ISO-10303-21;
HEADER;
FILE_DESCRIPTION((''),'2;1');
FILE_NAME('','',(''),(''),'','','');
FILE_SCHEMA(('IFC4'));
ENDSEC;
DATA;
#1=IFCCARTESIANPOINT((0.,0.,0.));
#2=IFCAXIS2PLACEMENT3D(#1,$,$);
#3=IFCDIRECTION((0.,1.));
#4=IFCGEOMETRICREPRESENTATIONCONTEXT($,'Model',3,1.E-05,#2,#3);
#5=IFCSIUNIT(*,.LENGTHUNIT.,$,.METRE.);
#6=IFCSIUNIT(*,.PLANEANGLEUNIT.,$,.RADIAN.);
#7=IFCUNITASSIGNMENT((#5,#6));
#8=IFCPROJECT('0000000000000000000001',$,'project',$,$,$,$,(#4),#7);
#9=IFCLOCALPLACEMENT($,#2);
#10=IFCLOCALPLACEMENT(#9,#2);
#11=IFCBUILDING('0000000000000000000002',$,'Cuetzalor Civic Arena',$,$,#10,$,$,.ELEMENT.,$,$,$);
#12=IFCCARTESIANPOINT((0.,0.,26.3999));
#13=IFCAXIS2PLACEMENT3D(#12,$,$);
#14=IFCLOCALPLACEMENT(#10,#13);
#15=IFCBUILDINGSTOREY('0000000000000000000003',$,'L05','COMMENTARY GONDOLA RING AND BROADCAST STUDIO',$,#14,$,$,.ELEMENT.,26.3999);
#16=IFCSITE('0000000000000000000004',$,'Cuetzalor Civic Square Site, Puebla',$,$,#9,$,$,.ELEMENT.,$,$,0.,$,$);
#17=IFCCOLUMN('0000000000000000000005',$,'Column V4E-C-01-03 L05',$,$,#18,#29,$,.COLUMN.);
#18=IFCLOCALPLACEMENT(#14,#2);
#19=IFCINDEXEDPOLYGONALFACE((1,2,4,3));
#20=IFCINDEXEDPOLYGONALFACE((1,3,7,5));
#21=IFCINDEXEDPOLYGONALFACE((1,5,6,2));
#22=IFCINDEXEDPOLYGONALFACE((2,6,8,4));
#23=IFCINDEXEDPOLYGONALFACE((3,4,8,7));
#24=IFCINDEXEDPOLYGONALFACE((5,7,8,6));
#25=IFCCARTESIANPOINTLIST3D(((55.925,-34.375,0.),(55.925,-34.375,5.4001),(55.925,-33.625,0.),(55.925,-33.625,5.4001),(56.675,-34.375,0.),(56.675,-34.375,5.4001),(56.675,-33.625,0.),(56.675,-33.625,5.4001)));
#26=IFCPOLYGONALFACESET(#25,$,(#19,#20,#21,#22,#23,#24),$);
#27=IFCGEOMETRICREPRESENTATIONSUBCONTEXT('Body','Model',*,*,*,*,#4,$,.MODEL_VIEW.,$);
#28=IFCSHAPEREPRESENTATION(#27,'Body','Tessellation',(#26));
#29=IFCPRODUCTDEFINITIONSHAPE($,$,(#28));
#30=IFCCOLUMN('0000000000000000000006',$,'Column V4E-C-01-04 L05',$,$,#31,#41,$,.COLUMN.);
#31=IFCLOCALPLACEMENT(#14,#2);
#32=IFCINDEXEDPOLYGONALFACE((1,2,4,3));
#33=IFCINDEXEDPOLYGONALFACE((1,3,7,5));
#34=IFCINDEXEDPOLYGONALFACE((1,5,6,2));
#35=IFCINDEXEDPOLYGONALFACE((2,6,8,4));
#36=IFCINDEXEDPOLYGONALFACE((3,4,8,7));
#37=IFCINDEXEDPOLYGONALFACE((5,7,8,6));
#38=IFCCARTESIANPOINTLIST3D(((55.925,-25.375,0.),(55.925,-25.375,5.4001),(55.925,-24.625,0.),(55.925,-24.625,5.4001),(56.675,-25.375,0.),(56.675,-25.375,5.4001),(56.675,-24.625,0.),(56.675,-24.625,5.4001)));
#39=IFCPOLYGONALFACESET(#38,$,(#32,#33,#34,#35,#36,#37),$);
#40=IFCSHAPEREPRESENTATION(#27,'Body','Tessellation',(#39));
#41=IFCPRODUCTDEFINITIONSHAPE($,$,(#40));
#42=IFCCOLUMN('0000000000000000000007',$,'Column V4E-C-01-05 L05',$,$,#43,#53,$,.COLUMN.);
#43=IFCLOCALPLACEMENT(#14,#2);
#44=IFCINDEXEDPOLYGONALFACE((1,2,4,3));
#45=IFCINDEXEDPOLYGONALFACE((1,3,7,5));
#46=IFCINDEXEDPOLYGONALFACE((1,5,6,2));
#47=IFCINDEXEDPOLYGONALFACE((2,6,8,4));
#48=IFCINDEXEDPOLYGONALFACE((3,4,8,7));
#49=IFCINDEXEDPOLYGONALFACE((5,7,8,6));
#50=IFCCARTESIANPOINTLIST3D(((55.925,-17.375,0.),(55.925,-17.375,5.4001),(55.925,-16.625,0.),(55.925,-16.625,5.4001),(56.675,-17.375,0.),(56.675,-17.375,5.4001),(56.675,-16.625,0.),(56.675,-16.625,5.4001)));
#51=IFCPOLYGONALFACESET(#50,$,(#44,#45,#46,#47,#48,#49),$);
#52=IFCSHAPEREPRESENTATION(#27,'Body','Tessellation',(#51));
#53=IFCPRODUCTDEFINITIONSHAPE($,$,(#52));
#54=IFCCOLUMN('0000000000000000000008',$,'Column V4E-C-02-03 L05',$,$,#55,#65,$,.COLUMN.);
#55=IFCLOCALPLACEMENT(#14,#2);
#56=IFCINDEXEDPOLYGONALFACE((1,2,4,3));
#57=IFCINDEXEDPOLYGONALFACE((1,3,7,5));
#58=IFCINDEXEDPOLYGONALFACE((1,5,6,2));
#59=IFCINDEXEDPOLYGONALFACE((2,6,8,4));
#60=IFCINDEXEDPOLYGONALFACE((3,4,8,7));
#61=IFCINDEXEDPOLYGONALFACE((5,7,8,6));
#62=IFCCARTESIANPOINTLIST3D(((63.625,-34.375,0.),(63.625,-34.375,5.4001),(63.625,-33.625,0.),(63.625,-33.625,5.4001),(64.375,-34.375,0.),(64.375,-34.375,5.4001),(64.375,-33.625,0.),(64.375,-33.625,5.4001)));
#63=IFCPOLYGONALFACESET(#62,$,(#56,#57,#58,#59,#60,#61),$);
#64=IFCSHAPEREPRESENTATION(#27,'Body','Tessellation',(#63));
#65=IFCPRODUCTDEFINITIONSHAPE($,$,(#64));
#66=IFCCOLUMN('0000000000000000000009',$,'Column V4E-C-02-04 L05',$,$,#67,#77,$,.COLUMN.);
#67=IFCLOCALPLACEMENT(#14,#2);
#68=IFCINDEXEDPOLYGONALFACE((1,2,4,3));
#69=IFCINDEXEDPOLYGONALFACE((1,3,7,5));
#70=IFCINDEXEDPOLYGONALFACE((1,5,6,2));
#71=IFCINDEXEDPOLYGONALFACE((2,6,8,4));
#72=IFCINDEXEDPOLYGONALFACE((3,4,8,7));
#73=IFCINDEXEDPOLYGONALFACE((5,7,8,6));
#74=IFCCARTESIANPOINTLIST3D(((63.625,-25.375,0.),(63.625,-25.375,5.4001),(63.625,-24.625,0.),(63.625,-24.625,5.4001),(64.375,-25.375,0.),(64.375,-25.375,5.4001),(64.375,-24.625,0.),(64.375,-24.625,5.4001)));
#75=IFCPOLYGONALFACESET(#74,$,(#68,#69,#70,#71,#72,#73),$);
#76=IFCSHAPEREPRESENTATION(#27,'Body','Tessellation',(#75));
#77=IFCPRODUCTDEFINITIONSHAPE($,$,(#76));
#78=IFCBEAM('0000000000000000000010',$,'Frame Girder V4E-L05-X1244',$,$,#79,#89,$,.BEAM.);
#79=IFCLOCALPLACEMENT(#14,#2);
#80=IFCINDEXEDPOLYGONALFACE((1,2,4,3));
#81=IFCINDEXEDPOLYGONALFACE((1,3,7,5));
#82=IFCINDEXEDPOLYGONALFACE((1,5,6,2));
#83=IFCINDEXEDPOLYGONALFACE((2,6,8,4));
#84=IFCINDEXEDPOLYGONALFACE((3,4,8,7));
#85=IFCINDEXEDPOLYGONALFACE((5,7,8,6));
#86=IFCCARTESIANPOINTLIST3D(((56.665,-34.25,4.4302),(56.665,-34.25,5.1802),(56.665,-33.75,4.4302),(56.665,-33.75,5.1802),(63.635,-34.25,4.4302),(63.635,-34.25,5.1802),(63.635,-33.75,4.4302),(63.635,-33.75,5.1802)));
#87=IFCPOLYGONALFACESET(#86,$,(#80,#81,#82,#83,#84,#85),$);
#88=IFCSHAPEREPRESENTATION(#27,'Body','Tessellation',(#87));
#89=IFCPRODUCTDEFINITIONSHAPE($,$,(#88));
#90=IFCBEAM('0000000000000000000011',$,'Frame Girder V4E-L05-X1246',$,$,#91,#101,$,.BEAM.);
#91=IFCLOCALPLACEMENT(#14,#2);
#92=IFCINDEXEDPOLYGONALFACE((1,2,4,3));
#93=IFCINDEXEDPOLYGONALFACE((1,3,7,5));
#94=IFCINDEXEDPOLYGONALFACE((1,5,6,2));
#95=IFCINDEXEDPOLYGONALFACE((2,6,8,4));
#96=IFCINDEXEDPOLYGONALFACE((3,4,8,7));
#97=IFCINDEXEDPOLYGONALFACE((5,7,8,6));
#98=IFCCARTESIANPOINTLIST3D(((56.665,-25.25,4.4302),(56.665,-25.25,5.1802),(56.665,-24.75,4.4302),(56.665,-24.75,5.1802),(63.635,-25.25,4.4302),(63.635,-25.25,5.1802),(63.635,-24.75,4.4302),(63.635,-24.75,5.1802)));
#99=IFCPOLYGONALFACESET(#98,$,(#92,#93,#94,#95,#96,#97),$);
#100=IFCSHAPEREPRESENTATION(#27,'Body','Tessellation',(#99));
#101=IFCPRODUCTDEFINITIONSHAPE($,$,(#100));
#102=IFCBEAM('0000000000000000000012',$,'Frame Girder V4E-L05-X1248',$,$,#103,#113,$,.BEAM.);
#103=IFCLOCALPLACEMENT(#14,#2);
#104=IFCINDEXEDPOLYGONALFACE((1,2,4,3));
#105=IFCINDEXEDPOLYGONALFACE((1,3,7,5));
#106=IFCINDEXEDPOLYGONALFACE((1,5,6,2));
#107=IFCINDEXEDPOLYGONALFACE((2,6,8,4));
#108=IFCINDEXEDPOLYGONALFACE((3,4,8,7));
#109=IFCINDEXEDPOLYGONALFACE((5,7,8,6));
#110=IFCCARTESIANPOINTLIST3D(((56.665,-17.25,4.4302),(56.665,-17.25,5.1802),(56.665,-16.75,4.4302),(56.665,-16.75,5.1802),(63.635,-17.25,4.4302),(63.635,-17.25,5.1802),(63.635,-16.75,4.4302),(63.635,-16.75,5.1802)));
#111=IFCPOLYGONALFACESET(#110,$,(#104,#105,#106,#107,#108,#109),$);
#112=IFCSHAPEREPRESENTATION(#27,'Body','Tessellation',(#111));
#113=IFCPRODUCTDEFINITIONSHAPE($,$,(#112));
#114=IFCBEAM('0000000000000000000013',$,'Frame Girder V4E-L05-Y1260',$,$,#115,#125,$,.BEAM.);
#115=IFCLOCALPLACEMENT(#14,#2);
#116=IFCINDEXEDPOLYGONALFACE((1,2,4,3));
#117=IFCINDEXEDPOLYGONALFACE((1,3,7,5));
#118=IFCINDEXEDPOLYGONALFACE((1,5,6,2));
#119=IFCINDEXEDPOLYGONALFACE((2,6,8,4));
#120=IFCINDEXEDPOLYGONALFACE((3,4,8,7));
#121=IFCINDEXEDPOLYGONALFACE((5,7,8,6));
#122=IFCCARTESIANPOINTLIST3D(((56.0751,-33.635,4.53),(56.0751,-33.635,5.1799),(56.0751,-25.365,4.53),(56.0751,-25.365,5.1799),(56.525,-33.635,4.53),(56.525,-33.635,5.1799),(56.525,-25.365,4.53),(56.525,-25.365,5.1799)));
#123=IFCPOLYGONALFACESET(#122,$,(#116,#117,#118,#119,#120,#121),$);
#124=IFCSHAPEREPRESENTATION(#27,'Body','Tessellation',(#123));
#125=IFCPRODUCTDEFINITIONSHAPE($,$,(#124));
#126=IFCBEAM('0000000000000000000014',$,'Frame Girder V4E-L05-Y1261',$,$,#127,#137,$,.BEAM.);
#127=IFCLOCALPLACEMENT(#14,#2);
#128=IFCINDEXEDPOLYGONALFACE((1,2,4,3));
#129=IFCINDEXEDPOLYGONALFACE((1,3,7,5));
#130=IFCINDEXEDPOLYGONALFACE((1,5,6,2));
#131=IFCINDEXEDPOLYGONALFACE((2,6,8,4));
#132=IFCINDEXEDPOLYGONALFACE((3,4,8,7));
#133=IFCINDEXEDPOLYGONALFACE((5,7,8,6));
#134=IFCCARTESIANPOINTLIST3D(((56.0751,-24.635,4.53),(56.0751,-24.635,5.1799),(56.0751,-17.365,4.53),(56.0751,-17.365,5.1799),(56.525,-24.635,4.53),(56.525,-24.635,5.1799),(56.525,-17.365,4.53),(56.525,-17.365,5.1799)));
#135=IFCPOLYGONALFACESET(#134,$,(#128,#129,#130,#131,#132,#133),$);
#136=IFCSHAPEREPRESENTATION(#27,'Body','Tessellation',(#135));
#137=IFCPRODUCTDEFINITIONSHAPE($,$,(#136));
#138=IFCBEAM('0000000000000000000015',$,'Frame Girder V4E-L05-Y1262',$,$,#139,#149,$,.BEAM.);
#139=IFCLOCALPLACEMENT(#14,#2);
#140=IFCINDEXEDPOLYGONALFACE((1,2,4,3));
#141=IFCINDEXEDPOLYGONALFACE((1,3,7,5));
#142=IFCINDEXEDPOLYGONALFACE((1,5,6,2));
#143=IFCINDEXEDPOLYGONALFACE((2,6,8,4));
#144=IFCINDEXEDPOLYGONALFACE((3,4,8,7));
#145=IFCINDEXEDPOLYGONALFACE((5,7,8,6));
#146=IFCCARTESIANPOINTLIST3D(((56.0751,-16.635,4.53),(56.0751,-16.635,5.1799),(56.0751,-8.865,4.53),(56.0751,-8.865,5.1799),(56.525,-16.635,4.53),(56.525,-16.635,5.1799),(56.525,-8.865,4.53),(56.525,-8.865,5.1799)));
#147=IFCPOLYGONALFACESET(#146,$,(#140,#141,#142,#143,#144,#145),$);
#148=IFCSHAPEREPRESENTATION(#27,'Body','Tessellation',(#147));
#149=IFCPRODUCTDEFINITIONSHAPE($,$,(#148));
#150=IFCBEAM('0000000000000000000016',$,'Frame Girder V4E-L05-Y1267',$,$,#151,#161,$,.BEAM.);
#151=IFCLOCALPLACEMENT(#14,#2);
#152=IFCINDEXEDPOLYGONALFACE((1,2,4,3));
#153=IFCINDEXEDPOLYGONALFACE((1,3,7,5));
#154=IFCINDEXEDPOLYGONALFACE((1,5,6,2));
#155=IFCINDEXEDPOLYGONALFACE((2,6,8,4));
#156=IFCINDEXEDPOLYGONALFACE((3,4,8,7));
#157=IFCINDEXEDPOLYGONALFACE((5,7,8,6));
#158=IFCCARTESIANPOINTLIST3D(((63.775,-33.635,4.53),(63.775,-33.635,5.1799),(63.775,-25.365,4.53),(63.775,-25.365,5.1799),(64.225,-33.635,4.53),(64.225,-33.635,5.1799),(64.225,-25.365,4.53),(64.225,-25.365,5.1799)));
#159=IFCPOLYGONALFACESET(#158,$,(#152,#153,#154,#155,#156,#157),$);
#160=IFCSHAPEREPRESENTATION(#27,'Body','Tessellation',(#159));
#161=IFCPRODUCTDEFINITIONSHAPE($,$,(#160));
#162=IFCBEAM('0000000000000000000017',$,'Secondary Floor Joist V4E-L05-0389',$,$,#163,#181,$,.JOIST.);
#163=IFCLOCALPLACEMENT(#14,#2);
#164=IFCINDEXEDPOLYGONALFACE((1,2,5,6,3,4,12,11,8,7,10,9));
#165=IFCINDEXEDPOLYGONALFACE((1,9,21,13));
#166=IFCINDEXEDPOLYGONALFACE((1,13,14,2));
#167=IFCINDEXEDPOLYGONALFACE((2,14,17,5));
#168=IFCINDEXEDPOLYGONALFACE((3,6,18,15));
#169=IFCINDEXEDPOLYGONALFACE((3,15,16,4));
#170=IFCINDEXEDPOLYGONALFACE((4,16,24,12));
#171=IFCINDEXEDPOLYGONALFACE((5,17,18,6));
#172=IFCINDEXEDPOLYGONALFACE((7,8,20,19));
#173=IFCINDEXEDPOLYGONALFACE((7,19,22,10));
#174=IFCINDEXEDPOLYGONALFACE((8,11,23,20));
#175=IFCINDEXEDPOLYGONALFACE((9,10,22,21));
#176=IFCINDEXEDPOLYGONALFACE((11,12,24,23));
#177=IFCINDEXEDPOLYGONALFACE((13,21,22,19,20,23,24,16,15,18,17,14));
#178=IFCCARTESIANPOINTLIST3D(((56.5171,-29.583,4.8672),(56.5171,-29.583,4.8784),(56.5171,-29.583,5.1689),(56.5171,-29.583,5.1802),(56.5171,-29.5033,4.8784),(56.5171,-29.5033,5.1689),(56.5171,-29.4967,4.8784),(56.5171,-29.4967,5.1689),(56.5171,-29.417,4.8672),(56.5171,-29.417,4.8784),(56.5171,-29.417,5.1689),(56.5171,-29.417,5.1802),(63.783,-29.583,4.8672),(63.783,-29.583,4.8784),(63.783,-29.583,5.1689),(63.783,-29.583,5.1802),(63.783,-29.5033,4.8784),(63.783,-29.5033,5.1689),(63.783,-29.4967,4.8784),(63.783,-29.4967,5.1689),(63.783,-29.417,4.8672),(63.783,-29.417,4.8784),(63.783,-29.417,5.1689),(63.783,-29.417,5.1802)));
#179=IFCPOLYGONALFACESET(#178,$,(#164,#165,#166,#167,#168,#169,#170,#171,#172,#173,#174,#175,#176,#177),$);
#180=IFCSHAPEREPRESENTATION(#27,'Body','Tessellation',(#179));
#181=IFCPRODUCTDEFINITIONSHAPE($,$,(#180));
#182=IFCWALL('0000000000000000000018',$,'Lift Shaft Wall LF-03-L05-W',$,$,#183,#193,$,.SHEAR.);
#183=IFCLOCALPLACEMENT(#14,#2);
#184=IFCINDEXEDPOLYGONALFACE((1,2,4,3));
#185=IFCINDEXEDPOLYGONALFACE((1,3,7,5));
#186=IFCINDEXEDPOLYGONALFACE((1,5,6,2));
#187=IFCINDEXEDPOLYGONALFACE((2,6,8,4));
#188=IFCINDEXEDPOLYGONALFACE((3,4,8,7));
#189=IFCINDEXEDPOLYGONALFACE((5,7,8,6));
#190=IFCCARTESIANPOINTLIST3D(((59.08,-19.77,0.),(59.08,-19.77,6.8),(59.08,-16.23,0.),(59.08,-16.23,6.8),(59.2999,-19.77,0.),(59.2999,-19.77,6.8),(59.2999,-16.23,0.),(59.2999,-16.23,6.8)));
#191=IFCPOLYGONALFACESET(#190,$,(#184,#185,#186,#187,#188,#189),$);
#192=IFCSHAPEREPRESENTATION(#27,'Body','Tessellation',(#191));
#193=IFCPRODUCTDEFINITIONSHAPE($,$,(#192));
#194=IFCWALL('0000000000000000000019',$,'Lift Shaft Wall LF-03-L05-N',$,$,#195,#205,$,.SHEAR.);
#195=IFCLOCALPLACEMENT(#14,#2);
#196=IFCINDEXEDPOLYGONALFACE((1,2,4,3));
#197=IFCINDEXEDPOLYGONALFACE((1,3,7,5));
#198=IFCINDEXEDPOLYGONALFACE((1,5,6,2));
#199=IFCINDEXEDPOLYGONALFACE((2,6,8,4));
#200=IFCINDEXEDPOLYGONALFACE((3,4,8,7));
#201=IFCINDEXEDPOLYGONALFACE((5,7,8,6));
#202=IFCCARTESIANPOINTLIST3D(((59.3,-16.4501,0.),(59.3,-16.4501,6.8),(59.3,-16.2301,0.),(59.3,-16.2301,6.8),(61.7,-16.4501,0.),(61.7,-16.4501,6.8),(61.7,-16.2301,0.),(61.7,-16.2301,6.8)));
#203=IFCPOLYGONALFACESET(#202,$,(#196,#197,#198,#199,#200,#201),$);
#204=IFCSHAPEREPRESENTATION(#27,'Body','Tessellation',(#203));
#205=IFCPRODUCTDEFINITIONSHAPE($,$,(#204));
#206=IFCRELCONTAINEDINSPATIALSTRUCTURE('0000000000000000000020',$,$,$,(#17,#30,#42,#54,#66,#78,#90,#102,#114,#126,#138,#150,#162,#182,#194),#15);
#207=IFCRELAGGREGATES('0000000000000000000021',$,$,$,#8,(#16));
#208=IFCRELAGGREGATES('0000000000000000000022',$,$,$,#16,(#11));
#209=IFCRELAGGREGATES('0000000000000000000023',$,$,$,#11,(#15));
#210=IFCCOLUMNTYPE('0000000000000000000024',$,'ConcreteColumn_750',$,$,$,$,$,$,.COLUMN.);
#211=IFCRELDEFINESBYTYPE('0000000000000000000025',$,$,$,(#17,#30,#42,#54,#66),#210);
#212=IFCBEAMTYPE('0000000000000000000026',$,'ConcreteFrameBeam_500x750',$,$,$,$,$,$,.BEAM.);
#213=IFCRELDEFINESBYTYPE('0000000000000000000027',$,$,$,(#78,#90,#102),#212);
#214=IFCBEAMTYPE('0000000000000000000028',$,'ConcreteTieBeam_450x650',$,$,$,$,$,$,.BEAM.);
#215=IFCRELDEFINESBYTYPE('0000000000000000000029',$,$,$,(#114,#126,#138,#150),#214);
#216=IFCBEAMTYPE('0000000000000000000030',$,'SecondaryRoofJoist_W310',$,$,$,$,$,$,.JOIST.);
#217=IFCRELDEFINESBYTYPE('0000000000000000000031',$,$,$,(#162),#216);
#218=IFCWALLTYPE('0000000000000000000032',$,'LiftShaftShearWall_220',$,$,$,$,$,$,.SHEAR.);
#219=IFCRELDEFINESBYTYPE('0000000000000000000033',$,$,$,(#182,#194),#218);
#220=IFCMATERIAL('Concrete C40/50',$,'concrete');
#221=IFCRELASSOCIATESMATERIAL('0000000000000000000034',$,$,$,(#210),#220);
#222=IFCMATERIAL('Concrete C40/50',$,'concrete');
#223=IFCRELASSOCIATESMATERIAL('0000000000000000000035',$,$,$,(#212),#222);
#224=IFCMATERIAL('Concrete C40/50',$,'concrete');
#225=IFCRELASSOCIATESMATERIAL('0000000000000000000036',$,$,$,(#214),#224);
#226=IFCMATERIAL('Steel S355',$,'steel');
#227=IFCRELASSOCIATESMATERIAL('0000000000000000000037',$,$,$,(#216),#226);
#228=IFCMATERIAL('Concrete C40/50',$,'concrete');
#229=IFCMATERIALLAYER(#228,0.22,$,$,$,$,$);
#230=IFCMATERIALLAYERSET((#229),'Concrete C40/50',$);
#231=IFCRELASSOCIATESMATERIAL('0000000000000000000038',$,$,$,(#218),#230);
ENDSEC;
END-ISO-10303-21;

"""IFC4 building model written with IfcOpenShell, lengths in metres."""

from ifc_helpers import new_model, si_unit, direction, frame, frame_2d, origin, origin_2d, place, context, subcontext, project, spatial, rectangle, i_section, extrude, material, layer, layer_set, material_profile, profile_set, type_object, element, save


model = new_model("IFC4")

# Units and contexts
model_context = context("Model", 3, precision=1e-05, world=origin(), true_north=direction((0.0, 1.0)))
body_context = subcontext(model_context, "Body", "Model", "MODEL_VIEW")
ifc_project = project(units=[si_unit("LENGTHUNIT", "METRE"), si_unit("PLANEANGLEUNIT", "RADIAN")], contexts=[model_context])

# Site, building, storey
site_placement = place(None, origin())
site = spatial("IfcSite", under=ifc_project, at=site_placement, Name="Cuetzalor Civic Square Site, Puebla", CompositionType="ELEMENT", RefElevation=0.0)
building_placement = place(site_placement, origin())
building = spatial("IfcBuilding", under=site, at=building_placement, Name="Cuetzalor Civic Arena", CompositionType="ELEMENT")
storey_placement = place(building_placement, frame((0.0, 0.0, 26.3999)))
storey = spatial("IfcBuildingStorey", under=building, at=storey_placement, Name="L05", Description="COMMENTARY GONDOLA RING AND BROADCAST STUDIO", CompositionType="ELEMENT", Elevation=26.3999)

# Columns
ifc_material_1 = material(Name="Concrete C40/50", Category="concrete")
ifc_material_profile_1 = material_profile(ifc_material_1, rectangle(XDim=0.75, YDim=0.75, at=origin_2d()), Name="RC 750x750")
ifc_profile_set_1 = profile_set([ifc_material_profile_1], Name="Concrete C40/50")
column_type = type_object("IfcColumnType", Name="ConcreteColumn_750", PredefinedType="COLUMN", material=ifc_profile_set_1)
for number, where, z_axis, x_axis, name in (
    (1, (56.3, -34.0, 0.0), (0.0, 0.0, 1.0), (1.0, 0.0, 0.0), "Column V4E-C-01-03 L05"),
    (2, (56.3, -25.0, 0.0), (0.0, 0.0, 1.0), (1.0, 0.0, 0.0), "Column V4E-C-01-04 L05"),
    (3, (56.3, -17.0, 0.0), (0.0, 0.0, 1.0), (1.0, 0.0, 0.0), "Column V4E-C-01-05 L05"),
    (4, (64.0, -34.0, 0.0), (0.0, 0.0, 1.0), (1.0, 0.0, 0.0), "Column V4E-C-02-03 L05"),
    (5, (64.0, -25.0, 0.0), (0.0, 0.0, 1.0), (1.0, 0.0, 0.0), "Column V4E-C-02-04 L05"),
):
    element("IfcColumn", number, at=place(storey_placement, frame(where, z_axis=z_axis, x_axis=x_axis)), inside=storey, type_object=column_type, Name=name, PredefinedType="COLUMN", context=body_context, shape_type="SweptSolid", body=[
        extrude(rectangle(XDim=0.75, YDim=0.75, at=origin_2d()), origin(), (0.0, 0.0, 1.0), 5.4001),
    ])

# Beams
ifc_material_2 = material(Name="Concrete C40/50", Category="concrete")
ifc_material_profile_2 = material_profile(ifc_material_2, rectangle(XDim=0.5, YDim=0.75, at=origin_2d()), Name="RC 500x750")
ifc_profile_set_2 = profile_set([ifc_material_profile_2], Name="Concrete C40/50")
beam_type_1 = type_object("IfcBeamType", Name="ConcreteFrameBeam_500x750", PredefinedType="BEAM", material=ifc_profile_set_2)
for number, where, z_axis, x_axis, name in (
    (6, (56.665, -34.0, 4.8052), (1.0, 0.0, 0.0), (0.0, 1.0, 0.0), "Frame Girder V4E-L05-X1244"),
    (7, (56.665, -25.0, 4.8052), (1.0, 0.0, 0.0), (0.0, 1.0, 0.0), "Frame Girder V4E-L05-X1246"),
    (8, (56.665, -17.0, 4.8052), (1.0, 0.0, 0.0), (0.0, 1.0, 0.0), "Frame Girder V4E-L05-X1248"),
):
    element("IfcBeam", number, at=place(storey_placement, frame(where, z_axis=z_axis, x_axis=x_axis)), inside=storey, type_object=beam_type_1, Name=name, PredefinedType="BEAM", context=body_context, shape_type="SweptSolid", body=[
        extrude(rectangle(XDim=0.5, YDim=0.75, at=origin_2d()), origin(), (0.0, 0.0, 1.0), 6.97),
    ])
ifc_material_3 = material(Name="Concrete C40/50", Category="concrete")
ifc_material_profile_3 = material_profile(ifc_material_3, rectangle(XDim=0.45, YDim=0.6499, at=origin_2d()), Name="RC 450x650")
ifc_profile_set_3 = profile_set([ifc_material_profile_3], Name="Concrete C40/50")
beam_type_2 = type_object("IfcBeamType", Name="ConcreteTieBeam_450x650", PredefinedType="BEAM", material=ifc_profile_set_3)
beam_1_placement = place(storey_placement, frame((56.3, -33.635, 4.855), z_axis=(0.0, 1.0, 0.0), x_axis=(-1.0, 0.0, 0.0)))
element("IfcBeam", 9, at=beam_1_placement, inside=storey, type_object=beam_type_2, Name="Frame Girder V4E-L05-Y1260", PredefinedType="BEAM", context=body_context, shape_type="SweptSolid", body=[
    extrude(rectangle(XDim=0.45, YDim=0.6499, at=origin_2d()), origin(), (0.0, 0.0, 1.0), 8.27),
])
beam_2_placement = place(storey_placement, frame((56.3, -24.635, 4.855), z_axis=(0.0, 1.0, 0.0), x_axis=(-1.0, 0.0, 0.0)))
element("IfcBeam", 10, at=beam_2_placement, inside=storey, type_object=beam_type_2, Name="Frame Girder V4E-L05-Y1261", PredefinedType="BEAM", context=body_context, shape_type="SweptSolid", body=[
    extrude(rectangle(XDim=0.45, YDim=0.6499, at=origin_2d()), origin(), (0.0, 0.0, 1.0), 7.27),
])
beam_3_placement = place(storey_placement, frame((56.3, -16.635, 4.855), z_axis=(0.0, 1.0, 0.0), x_axis=(-1.0, 0.0, 0.0)))
element("IfcBeam", 11, at=beam_3_placement, inside=storey, type_object=beam_type_2, Name="Frame Girder V4E-L05-Y1262", PredefinedType="BEAM", context=body_context, shape_type="SweptSolid", body=[
    extrude(rectangle(XDim=0.45, YDim=0.6499, at=origin_2d()), origin(), (0.0, 0.0, 1.0), 7.77),
])
beam_4_placement = place(storey_placement, frame((64.0, -33.635, 4.855), z_axis=(0.0, 1.0, 0.0), x_axis=(-1.0, 0.0, 0.0)))
element("IfcBeam", 12, at=beam_4_placement, inside=storey, type_object=beam_type_2, Name="Frame Girder V4E-L05-Y1267", PredefinedType="BEAM", context=body_context, shape_type="SweptSolid", body=[
    extrude(rectangle(XDim=0.45, YDim=0.6499, at=origin_2d()), origin(), (0.0, 0.0, 1.0), 8.27),
])
ifc_material_4 = material(Name="Steel S355", Category="steel")
ifc_material_profile_4 = material_profile(ifc_material_4, i_section(OverallWidth=0.166, OverallDepth=0.313, WebThickness=0.0066, FlangeThickness=0.0112, at=origin_2d()), Name="W310x45")
ifc_profile_set_4 = profile_set([ifc_material_profile_4], Name="Steel S355")
beam_type_3 = type_object("IfcBeamType", Name="SecondaryRoofJoist_W310", PredefinedType="JOIST", material=ifc_profile_set_4)
beam_5_placement = place(storey_placement, frame((56.5171, -29.5, 5.0237), z_axis=(1.0, 0.0, 0.0), x_axis=(0.0, 1.0, 0.0)))
element("IfcBeam", 13, at=beam_5_placement, inside=storey, type_object=beam_type_3, Name="Secondary Floor Joist V4E-L05-0389", PredefinedType="JOIST", context=body_context, shape_type="SweptSolid", body=[
    extrude(i_section(OverallWidth=0.166, OverallDepth=0.313, WebThickness=0.0066, FlangeThickness=0.0112, at=origin_2d()), origin(), (0.0, 0.0, 1.0), 7.2659),
])

# Walls
ifc_material_5 = material(Name="Concrete C40/50", Category="concrete")
ifc_layer = layer(ifc_material_5, 0.22)
ifc_layer_set = layer_set([ifc_layer], Name="Concrete C40/50")
wall_type = type_object("IfcWallType", Name="LiftShaftShearWall_220", PredefinedType="SHEAR", material=ifc_layer_set)
wall_1_placement = place(storey_placement, frame((59.1899, -19.77, 0.0), z_axis=(0.0, 0.0, 1.0), x_axis=(0.0, 1.0, 0.0)))
element("IfcWall", 14, at=wall_1_placement, inside=storey, type_object=wall_type, Name="Lift Shaft Wall LF-03-L05-W", PredefinedType="SHEAR", context=body_context, shape_type="SweptSolid", body=[
    extrude(rectangle(XDim=3.54, YDim=0.22, at=frame_2d((1.77, 0.0))), origin(), (0.0, 0.0, 1.0), 6.8),
])
wall_2_placement = place(storey_placement, frame((59.3, -16.3401, 0.0), z_axis=(0.0, 0.0, 1.0), x_axis=(1.0, 0.0, 0.0)))
element("IfcWall", 15, at=wall_2_placement, inside=storey, type_object=wall_type, Name="Lift Shaft Wall LF-03-L05-N", PredefinedType="SHEAR", context=body_context, shape_type="SweptSolid", body=[
    extrude(rectangle(XDim=2.3999, YDim=0.22, at=frame_2d((1.2, 0.0))), origin(), (0.0, 0.0, 1.0), 6.8),
])

save(model, "model.ifc")
